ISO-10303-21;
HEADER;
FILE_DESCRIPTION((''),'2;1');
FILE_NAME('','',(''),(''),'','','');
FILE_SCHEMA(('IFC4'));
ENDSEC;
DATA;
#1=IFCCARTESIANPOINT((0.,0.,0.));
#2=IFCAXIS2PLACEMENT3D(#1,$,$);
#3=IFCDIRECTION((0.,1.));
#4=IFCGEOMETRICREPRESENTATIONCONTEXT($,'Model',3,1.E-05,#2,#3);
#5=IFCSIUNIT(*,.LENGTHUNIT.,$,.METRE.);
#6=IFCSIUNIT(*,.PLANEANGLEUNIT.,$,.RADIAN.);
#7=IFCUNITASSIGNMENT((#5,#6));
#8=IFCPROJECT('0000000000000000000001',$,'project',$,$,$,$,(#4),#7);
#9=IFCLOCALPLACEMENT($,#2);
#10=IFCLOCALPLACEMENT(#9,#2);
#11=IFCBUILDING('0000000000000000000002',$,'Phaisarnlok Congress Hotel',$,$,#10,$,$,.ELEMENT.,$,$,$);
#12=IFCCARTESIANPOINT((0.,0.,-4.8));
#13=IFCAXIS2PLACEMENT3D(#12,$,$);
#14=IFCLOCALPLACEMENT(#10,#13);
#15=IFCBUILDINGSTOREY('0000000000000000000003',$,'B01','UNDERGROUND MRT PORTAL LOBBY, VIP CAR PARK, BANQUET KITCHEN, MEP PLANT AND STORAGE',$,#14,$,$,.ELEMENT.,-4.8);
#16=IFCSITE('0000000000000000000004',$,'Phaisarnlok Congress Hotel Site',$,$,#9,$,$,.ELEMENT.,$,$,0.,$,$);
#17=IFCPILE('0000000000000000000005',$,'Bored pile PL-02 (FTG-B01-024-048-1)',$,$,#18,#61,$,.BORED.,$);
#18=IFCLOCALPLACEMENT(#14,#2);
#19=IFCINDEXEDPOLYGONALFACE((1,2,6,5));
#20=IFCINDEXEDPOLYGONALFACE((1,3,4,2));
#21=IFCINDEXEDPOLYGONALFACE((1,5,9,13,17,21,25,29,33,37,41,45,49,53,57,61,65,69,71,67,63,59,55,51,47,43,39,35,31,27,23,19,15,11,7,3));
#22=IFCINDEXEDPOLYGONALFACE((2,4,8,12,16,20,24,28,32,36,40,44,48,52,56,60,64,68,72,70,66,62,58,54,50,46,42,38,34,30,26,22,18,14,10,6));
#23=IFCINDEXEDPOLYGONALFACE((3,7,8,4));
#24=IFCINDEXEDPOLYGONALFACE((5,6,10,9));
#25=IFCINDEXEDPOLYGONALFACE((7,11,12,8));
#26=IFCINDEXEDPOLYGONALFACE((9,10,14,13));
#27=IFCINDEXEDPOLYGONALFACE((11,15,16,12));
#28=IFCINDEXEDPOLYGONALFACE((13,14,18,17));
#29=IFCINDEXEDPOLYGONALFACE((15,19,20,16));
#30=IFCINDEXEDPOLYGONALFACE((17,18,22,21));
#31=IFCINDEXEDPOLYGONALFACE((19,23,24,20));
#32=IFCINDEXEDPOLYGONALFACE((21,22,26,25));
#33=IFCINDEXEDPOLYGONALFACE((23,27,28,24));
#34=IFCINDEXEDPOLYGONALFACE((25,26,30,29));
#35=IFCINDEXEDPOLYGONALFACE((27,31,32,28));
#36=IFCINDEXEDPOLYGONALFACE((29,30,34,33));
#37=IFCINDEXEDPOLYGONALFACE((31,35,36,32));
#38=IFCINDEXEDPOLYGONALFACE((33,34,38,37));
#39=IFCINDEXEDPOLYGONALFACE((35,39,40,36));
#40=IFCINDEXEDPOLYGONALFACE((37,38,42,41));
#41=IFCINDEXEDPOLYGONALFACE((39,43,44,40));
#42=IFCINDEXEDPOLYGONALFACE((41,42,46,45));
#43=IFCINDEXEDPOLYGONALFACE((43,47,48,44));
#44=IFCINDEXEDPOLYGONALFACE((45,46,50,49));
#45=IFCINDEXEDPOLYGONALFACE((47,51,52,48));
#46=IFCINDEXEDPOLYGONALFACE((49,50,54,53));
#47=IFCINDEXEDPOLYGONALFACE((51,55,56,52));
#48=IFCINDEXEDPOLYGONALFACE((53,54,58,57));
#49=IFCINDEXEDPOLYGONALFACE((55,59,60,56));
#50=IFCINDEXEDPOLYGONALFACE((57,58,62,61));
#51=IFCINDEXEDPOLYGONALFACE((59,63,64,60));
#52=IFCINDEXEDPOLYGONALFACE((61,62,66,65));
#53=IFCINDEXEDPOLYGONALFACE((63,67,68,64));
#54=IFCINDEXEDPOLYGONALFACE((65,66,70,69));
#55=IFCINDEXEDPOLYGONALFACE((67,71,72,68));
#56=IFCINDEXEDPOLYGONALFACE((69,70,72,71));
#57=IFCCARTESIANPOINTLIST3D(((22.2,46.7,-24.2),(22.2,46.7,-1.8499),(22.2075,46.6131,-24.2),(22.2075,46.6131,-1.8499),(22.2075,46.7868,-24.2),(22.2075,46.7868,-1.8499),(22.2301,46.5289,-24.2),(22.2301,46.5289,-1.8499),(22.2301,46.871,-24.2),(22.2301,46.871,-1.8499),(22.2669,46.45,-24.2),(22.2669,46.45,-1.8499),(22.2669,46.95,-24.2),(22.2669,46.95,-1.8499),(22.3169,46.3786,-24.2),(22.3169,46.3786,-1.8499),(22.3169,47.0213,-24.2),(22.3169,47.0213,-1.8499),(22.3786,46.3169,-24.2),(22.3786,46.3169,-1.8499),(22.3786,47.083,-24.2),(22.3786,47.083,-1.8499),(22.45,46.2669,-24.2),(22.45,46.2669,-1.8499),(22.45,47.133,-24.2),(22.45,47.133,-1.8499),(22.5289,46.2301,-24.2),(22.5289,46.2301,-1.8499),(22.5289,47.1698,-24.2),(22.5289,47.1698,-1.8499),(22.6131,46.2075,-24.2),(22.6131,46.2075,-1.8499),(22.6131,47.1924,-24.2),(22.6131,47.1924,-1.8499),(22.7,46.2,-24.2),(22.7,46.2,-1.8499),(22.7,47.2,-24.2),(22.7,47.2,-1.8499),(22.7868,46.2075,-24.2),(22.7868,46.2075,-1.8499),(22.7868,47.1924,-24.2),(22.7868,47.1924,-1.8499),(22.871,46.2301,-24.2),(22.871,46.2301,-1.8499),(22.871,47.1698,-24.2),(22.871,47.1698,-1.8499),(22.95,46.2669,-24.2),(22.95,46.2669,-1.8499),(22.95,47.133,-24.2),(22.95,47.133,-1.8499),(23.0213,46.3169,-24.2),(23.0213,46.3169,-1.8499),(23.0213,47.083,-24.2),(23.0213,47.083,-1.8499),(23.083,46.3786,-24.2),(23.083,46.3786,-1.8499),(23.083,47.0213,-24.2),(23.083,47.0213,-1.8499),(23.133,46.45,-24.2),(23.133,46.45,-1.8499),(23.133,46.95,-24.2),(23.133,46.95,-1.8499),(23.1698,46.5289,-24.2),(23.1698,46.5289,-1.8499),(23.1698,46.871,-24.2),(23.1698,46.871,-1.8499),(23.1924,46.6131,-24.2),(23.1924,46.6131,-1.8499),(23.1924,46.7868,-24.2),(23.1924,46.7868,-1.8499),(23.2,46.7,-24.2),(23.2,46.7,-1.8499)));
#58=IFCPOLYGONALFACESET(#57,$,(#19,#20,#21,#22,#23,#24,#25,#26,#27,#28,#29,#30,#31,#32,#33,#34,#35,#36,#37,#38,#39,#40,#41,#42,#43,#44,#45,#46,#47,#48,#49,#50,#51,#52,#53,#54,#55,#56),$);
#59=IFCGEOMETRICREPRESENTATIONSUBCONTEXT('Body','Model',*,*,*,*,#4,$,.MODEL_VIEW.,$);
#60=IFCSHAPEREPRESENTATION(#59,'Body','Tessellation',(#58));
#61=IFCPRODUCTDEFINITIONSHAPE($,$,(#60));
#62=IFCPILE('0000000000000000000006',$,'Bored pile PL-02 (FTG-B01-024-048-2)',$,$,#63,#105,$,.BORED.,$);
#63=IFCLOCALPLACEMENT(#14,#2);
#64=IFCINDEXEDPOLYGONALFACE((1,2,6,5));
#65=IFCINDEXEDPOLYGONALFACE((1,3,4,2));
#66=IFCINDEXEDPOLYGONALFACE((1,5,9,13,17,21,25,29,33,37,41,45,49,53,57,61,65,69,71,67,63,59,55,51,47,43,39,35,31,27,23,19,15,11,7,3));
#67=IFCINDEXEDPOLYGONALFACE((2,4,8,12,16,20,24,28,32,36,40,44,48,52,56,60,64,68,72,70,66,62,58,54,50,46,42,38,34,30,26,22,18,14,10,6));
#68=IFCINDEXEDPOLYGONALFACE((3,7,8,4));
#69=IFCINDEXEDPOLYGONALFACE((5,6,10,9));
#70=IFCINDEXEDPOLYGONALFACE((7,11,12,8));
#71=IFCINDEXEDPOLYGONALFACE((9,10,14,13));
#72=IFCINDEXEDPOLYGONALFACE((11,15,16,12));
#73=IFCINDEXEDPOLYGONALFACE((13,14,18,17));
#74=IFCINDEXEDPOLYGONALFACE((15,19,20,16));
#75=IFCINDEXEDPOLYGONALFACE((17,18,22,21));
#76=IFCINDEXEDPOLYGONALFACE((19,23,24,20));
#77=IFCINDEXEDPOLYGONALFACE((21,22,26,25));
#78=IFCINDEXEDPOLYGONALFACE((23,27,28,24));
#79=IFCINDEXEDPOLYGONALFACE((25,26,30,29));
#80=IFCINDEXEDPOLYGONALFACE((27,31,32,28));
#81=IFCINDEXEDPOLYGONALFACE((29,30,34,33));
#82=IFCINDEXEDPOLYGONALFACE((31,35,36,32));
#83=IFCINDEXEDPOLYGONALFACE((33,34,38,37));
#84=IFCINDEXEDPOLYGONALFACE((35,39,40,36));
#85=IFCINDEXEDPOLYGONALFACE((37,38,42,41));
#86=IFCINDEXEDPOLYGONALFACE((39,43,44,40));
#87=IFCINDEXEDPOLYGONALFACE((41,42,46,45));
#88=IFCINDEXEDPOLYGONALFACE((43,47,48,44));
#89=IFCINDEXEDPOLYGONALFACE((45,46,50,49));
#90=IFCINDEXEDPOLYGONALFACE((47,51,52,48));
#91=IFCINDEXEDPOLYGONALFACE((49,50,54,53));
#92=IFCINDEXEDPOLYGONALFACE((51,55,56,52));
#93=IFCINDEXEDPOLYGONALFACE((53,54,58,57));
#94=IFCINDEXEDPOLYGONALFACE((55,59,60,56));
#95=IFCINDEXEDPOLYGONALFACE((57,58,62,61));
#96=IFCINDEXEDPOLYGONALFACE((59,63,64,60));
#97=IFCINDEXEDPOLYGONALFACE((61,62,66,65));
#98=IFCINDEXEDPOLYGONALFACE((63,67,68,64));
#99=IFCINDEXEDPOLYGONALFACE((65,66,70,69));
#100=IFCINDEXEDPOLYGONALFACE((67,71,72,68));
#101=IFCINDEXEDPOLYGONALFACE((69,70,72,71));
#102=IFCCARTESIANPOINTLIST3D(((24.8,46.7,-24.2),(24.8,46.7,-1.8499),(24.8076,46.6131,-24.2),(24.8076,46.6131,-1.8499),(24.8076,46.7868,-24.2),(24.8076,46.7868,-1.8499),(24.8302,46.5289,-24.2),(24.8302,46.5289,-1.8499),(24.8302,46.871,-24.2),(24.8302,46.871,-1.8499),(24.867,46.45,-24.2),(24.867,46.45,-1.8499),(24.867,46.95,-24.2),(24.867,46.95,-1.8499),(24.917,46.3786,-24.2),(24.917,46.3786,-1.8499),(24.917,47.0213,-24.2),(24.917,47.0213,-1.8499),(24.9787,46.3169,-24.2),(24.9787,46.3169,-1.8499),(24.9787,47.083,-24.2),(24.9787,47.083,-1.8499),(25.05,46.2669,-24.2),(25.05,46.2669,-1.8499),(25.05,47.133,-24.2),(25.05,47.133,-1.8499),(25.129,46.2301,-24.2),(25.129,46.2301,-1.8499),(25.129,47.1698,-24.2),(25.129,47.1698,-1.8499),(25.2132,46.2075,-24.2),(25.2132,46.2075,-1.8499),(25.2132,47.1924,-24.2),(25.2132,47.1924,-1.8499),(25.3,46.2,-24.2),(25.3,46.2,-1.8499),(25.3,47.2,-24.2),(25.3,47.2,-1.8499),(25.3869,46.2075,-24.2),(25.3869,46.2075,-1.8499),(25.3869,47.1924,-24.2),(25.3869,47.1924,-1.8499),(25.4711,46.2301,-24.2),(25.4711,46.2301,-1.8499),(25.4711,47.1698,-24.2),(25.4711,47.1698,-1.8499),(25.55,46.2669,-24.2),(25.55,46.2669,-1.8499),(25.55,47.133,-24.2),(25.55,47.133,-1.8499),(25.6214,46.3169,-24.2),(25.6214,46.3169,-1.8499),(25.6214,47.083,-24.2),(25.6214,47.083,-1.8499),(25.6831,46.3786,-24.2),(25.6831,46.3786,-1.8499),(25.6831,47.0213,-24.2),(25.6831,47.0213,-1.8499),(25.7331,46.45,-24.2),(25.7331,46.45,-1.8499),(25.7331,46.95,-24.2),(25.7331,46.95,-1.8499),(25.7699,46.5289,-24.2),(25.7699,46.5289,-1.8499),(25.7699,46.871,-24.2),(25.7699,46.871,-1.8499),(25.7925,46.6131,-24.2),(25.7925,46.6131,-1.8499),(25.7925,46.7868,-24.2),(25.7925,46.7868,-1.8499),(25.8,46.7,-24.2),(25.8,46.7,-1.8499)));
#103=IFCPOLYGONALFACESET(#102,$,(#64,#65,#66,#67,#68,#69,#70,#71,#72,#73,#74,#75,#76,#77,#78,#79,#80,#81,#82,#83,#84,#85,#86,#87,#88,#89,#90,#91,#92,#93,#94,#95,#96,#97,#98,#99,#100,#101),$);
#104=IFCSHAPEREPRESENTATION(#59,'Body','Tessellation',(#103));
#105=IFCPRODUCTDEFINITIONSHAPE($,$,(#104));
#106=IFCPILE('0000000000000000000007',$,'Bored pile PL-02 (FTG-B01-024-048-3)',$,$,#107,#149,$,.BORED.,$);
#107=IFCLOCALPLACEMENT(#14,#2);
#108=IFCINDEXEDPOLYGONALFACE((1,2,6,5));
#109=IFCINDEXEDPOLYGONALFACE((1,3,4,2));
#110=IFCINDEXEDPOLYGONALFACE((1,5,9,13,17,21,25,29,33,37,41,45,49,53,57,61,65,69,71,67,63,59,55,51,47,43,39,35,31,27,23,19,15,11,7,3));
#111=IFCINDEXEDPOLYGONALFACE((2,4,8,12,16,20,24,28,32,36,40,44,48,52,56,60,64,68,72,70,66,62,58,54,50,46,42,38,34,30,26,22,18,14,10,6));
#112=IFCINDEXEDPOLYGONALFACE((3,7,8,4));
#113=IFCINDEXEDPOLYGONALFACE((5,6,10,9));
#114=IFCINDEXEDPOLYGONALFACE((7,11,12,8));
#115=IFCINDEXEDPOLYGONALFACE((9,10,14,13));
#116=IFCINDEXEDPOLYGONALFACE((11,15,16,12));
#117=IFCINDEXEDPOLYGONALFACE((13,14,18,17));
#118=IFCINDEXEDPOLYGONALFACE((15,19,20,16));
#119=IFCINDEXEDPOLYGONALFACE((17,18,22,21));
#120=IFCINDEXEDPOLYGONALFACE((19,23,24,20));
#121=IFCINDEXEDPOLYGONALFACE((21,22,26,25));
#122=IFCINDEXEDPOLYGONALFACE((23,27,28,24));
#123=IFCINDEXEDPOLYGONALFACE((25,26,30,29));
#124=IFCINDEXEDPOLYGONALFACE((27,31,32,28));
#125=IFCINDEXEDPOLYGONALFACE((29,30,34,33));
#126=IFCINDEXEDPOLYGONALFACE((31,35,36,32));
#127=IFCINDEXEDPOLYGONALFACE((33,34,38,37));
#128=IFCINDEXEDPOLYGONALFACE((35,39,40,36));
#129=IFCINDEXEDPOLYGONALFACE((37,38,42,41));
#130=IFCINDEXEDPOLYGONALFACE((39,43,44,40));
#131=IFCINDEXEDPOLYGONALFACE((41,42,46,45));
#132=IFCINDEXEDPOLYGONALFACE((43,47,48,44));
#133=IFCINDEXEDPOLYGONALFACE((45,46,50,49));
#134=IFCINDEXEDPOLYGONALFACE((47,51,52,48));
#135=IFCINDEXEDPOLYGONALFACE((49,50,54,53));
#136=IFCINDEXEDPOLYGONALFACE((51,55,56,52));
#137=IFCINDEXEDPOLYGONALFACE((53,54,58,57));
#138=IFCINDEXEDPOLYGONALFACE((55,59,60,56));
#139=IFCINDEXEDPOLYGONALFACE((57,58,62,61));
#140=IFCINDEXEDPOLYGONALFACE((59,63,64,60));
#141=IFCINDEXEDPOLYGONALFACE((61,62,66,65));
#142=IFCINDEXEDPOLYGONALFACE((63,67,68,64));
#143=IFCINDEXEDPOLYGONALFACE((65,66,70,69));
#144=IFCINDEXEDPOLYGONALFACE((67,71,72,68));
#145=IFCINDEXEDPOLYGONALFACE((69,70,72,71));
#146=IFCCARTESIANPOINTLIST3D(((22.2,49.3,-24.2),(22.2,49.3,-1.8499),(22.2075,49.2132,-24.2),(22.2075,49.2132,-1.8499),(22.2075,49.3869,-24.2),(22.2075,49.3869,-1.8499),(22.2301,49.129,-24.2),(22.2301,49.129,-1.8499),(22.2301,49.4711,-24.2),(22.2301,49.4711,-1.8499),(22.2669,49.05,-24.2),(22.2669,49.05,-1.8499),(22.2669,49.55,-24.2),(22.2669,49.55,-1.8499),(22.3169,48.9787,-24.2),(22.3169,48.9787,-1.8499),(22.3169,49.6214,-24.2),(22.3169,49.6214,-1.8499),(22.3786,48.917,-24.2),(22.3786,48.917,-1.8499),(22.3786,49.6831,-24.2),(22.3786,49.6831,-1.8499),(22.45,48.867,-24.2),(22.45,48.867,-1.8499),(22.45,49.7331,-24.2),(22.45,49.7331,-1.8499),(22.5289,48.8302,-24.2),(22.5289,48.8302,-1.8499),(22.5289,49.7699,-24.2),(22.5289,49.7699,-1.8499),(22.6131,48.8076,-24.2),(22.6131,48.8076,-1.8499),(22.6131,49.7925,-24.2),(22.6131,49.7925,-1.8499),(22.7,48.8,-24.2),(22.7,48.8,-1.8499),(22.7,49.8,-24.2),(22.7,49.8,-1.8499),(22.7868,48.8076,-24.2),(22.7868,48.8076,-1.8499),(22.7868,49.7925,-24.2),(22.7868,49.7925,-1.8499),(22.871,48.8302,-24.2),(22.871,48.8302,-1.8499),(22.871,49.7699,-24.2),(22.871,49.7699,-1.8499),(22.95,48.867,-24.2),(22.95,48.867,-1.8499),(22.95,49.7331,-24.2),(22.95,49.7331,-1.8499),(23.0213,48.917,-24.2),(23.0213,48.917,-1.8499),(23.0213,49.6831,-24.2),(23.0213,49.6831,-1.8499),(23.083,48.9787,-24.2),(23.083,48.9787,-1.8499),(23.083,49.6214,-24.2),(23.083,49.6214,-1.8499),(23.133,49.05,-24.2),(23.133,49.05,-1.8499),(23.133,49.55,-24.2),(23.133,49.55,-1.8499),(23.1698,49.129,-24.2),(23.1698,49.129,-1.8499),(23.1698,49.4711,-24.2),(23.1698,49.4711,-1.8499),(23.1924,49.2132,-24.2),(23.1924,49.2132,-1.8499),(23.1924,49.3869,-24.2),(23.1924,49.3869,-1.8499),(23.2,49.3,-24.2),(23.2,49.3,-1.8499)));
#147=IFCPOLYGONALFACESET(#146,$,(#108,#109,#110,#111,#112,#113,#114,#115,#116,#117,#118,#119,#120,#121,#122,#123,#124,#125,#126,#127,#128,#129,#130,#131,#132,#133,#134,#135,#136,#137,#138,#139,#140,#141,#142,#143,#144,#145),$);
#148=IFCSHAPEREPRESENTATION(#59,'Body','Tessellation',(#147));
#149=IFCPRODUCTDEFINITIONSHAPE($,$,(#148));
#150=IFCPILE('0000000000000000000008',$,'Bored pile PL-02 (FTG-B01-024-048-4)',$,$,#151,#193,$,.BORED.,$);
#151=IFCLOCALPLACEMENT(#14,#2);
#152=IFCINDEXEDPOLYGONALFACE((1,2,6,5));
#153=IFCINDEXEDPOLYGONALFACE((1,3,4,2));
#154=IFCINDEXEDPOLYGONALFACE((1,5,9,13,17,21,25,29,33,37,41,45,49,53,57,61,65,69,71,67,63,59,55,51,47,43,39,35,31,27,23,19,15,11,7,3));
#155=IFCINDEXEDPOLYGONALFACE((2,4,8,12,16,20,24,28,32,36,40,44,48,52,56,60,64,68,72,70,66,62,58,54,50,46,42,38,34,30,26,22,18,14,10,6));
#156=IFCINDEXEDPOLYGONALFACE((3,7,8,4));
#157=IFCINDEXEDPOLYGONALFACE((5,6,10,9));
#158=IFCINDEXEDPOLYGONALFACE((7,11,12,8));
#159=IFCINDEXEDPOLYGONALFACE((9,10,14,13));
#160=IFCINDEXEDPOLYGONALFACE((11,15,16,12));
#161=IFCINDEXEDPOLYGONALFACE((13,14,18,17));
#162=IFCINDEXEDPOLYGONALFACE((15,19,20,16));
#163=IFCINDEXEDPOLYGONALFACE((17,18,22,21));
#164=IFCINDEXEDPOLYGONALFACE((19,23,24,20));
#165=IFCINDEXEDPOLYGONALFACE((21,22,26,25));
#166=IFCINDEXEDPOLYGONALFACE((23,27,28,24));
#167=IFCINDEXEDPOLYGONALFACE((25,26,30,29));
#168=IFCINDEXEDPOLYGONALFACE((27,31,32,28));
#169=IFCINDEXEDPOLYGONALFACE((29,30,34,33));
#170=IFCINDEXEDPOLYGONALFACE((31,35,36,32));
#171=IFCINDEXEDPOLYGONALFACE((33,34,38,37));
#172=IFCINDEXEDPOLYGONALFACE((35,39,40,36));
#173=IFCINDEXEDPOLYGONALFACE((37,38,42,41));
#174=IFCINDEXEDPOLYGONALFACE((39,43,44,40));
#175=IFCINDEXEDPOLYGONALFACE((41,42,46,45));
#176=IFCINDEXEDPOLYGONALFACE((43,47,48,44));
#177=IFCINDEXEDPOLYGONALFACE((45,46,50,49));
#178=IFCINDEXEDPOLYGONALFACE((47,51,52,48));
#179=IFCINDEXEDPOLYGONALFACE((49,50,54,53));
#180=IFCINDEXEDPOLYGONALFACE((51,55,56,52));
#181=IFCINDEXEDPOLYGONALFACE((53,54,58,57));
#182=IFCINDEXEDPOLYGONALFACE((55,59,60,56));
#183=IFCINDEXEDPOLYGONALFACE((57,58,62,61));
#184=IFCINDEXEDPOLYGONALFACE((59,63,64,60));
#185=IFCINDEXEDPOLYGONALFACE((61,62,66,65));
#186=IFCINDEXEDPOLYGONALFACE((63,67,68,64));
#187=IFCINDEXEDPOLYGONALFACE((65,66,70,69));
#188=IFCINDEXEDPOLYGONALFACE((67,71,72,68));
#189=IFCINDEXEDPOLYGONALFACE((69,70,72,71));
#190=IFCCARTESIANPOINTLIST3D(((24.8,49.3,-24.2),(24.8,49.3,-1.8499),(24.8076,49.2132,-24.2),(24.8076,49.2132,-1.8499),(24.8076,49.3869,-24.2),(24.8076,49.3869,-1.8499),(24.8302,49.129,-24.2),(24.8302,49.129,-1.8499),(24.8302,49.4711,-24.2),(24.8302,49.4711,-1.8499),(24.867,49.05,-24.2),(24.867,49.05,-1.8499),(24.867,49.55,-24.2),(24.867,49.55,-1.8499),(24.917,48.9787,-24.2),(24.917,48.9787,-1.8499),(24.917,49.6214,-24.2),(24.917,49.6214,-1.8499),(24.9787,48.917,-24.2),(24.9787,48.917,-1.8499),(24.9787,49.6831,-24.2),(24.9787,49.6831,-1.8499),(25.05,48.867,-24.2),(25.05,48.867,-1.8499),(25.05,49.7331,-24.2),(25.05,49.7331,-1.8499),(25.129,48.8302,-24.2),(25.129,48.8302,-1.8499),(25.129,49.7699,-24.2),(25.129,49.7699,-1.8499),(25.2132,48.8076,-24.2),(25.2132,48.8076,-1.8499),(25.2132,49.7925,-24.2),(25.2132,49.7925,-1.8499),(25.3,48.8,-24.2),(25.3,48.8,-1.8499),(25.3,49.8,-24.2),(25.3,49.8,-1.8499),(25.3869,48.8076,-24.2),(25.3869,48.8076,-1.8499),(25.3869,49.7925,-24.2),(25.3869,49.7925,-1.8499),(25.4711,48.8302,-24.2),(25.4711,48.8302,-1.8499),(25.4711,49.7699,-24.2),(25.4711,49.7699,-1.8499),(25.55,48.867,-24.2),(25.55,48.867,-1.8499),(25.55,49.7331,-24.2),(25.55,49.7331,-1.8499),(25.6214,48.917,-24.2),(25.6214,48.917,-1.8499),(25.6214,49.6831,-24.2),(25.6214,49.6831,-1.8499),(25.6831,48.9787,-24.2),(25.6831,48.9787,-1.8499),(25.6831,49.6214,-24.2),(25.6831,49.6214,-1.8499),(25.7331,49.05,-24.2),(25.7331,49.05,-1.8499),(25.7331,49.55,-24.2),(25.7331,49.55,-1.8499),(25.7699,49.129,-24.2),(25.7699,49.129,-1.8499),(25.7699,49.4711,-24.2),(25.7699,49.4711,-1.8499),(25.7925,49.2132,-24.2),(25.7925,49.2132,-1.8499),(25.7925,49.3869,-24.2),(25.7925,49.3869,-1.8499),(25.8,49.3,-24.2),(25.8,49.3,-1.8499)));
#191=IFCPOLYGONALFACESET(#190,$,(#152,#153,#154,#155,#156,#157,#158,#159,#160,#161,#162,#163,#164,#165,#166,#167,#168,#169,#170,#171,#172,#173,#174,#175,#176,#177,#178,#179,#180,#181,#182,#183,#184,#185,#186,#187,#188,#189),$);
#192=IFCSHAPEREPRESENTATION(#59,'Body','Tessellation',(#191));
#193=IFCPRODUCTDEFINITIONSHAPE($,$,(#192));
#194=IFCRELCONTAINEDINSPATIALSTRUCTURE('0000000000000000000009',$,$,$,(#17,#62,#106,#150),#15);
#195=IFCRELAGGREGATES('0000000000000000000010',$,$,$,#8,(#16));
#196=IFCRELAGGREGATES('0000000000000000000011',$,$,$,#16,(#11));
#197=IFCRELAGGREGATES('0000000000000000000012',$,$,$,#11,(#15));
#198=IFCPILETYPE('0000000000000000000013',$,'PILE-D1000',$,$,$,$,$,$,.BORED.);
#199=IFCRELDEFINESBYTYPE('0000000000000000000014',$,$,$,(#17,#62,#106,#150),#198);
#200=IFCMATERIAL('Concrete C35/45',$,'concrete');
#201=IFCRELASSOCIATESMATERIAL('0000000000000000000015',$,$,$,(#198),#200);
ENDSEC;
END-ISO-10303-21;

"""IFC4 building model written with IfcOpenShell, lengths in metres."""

from ifc_helpers import new_model, si_unit, direction, frame, origin, origin_2d, place, context, subcontext, project, spatial, circle, extrude, material, material_profile, profile_set, type_object, element, save


model = new_model("IFC4")

# Units and contexts
model_context = context("Model", 3, precision=1e-05, world=origin(), true_north=direction((0.0, 1.0)))
body_context = subcontext(model_context, "Body", "Model", "MODEL_VIEW")
ifc_project = project(units=[si_unit("LENGTHUNIT", "METRE"), si_unit("PLANEANGLEUNIT", "RADIAN")], contexts=[model_context])

# Site, building, storey
site_placement = place(None, origin())
site = spatial("IfcSite", under=ifc_project, at=site_placement, Name="Phaisarnlok Congress Hotel Site", CompositionType="ELEMENT", RefElevation=0.0)
building_placement = place(site_placement, origin())
building = spatial("IfcBuilding", under=site, at=building_placement, Name="Phaisarnlok Congress Hotel", CompositionType="ELEMENT")
storey_placement = place(building_placement, frame((0.0, 0.0, -4.8)))
storey = spatial("IfcBuildingStorey", under=building, at=storey_placement, Name="B01", Description="UNDERGROUND MRT PORTAL LOBBY, VIP CAR PARK, BANQUET KITCHEN, MEP PLANT AND STORAGE", CompositionType="ELEMENT", Elevation=-4.8)

# Piles
ifc_material_1 = material(Name="Concrete C35/45", Category="concrete")
ifc_material_profile_1 = material_profile(ifc_material_1, circle(Radius=0.5, at=origin_2d()), Name="BORED PILE D1000")
ifc_profile_set_1 = profile_set([ifc_material_profile_1], Name="Concrete C35/45")
pile_type_1 = type_object("IfcPileType", Name="PILE-D1000", PredefinedType="BORED", material=ifc_profile_set_1)
for number, where, z_axis, x_axis, name in (
    (1, (22.7, 46.7, -1.8499), (0.0, 0.0, -1.0), (1.0, 0.0, 0.0), "Bored pile PL-02 (FTG-B01-024-048-1)"),
    (2, (25.3, 46.7, -1.8499), (0.0, 0.0, -1.0), (1.0, 0.0, 0.0), "Bored pile PL-02 (FTG-B01-024-048-2)"),
    (3, (22.7, 49.3, -1.8499), (0.0, 0.0, -1.0), (1.0, 0.0, 0.0), "Bored pile PL-02 (FTG-B01-024-048-3)"),
    (4, (25.3, 49.3, -1.8499), (0.0, 0.0, -1.0), (1.0, 0.0, 0.0), "Bored pile PL-02 (FTG-B01-024-048-4)"),
):
    element("IfcPile", number, at=place(storey_placement, frame(where, z_axis=z_axis, x_axis=x_axis)), inside=storey, type_object=pile_type_1, Name=name, PredefinedType="BORED", context=body_context, shape_type="SweptSolid", body=[
        extrude(circle(Radius=0.5, at=origin_2d()), origin(), (0.0, 0.0, 1.0), 22.3501),
    ])

save(model, "model.ifc")
